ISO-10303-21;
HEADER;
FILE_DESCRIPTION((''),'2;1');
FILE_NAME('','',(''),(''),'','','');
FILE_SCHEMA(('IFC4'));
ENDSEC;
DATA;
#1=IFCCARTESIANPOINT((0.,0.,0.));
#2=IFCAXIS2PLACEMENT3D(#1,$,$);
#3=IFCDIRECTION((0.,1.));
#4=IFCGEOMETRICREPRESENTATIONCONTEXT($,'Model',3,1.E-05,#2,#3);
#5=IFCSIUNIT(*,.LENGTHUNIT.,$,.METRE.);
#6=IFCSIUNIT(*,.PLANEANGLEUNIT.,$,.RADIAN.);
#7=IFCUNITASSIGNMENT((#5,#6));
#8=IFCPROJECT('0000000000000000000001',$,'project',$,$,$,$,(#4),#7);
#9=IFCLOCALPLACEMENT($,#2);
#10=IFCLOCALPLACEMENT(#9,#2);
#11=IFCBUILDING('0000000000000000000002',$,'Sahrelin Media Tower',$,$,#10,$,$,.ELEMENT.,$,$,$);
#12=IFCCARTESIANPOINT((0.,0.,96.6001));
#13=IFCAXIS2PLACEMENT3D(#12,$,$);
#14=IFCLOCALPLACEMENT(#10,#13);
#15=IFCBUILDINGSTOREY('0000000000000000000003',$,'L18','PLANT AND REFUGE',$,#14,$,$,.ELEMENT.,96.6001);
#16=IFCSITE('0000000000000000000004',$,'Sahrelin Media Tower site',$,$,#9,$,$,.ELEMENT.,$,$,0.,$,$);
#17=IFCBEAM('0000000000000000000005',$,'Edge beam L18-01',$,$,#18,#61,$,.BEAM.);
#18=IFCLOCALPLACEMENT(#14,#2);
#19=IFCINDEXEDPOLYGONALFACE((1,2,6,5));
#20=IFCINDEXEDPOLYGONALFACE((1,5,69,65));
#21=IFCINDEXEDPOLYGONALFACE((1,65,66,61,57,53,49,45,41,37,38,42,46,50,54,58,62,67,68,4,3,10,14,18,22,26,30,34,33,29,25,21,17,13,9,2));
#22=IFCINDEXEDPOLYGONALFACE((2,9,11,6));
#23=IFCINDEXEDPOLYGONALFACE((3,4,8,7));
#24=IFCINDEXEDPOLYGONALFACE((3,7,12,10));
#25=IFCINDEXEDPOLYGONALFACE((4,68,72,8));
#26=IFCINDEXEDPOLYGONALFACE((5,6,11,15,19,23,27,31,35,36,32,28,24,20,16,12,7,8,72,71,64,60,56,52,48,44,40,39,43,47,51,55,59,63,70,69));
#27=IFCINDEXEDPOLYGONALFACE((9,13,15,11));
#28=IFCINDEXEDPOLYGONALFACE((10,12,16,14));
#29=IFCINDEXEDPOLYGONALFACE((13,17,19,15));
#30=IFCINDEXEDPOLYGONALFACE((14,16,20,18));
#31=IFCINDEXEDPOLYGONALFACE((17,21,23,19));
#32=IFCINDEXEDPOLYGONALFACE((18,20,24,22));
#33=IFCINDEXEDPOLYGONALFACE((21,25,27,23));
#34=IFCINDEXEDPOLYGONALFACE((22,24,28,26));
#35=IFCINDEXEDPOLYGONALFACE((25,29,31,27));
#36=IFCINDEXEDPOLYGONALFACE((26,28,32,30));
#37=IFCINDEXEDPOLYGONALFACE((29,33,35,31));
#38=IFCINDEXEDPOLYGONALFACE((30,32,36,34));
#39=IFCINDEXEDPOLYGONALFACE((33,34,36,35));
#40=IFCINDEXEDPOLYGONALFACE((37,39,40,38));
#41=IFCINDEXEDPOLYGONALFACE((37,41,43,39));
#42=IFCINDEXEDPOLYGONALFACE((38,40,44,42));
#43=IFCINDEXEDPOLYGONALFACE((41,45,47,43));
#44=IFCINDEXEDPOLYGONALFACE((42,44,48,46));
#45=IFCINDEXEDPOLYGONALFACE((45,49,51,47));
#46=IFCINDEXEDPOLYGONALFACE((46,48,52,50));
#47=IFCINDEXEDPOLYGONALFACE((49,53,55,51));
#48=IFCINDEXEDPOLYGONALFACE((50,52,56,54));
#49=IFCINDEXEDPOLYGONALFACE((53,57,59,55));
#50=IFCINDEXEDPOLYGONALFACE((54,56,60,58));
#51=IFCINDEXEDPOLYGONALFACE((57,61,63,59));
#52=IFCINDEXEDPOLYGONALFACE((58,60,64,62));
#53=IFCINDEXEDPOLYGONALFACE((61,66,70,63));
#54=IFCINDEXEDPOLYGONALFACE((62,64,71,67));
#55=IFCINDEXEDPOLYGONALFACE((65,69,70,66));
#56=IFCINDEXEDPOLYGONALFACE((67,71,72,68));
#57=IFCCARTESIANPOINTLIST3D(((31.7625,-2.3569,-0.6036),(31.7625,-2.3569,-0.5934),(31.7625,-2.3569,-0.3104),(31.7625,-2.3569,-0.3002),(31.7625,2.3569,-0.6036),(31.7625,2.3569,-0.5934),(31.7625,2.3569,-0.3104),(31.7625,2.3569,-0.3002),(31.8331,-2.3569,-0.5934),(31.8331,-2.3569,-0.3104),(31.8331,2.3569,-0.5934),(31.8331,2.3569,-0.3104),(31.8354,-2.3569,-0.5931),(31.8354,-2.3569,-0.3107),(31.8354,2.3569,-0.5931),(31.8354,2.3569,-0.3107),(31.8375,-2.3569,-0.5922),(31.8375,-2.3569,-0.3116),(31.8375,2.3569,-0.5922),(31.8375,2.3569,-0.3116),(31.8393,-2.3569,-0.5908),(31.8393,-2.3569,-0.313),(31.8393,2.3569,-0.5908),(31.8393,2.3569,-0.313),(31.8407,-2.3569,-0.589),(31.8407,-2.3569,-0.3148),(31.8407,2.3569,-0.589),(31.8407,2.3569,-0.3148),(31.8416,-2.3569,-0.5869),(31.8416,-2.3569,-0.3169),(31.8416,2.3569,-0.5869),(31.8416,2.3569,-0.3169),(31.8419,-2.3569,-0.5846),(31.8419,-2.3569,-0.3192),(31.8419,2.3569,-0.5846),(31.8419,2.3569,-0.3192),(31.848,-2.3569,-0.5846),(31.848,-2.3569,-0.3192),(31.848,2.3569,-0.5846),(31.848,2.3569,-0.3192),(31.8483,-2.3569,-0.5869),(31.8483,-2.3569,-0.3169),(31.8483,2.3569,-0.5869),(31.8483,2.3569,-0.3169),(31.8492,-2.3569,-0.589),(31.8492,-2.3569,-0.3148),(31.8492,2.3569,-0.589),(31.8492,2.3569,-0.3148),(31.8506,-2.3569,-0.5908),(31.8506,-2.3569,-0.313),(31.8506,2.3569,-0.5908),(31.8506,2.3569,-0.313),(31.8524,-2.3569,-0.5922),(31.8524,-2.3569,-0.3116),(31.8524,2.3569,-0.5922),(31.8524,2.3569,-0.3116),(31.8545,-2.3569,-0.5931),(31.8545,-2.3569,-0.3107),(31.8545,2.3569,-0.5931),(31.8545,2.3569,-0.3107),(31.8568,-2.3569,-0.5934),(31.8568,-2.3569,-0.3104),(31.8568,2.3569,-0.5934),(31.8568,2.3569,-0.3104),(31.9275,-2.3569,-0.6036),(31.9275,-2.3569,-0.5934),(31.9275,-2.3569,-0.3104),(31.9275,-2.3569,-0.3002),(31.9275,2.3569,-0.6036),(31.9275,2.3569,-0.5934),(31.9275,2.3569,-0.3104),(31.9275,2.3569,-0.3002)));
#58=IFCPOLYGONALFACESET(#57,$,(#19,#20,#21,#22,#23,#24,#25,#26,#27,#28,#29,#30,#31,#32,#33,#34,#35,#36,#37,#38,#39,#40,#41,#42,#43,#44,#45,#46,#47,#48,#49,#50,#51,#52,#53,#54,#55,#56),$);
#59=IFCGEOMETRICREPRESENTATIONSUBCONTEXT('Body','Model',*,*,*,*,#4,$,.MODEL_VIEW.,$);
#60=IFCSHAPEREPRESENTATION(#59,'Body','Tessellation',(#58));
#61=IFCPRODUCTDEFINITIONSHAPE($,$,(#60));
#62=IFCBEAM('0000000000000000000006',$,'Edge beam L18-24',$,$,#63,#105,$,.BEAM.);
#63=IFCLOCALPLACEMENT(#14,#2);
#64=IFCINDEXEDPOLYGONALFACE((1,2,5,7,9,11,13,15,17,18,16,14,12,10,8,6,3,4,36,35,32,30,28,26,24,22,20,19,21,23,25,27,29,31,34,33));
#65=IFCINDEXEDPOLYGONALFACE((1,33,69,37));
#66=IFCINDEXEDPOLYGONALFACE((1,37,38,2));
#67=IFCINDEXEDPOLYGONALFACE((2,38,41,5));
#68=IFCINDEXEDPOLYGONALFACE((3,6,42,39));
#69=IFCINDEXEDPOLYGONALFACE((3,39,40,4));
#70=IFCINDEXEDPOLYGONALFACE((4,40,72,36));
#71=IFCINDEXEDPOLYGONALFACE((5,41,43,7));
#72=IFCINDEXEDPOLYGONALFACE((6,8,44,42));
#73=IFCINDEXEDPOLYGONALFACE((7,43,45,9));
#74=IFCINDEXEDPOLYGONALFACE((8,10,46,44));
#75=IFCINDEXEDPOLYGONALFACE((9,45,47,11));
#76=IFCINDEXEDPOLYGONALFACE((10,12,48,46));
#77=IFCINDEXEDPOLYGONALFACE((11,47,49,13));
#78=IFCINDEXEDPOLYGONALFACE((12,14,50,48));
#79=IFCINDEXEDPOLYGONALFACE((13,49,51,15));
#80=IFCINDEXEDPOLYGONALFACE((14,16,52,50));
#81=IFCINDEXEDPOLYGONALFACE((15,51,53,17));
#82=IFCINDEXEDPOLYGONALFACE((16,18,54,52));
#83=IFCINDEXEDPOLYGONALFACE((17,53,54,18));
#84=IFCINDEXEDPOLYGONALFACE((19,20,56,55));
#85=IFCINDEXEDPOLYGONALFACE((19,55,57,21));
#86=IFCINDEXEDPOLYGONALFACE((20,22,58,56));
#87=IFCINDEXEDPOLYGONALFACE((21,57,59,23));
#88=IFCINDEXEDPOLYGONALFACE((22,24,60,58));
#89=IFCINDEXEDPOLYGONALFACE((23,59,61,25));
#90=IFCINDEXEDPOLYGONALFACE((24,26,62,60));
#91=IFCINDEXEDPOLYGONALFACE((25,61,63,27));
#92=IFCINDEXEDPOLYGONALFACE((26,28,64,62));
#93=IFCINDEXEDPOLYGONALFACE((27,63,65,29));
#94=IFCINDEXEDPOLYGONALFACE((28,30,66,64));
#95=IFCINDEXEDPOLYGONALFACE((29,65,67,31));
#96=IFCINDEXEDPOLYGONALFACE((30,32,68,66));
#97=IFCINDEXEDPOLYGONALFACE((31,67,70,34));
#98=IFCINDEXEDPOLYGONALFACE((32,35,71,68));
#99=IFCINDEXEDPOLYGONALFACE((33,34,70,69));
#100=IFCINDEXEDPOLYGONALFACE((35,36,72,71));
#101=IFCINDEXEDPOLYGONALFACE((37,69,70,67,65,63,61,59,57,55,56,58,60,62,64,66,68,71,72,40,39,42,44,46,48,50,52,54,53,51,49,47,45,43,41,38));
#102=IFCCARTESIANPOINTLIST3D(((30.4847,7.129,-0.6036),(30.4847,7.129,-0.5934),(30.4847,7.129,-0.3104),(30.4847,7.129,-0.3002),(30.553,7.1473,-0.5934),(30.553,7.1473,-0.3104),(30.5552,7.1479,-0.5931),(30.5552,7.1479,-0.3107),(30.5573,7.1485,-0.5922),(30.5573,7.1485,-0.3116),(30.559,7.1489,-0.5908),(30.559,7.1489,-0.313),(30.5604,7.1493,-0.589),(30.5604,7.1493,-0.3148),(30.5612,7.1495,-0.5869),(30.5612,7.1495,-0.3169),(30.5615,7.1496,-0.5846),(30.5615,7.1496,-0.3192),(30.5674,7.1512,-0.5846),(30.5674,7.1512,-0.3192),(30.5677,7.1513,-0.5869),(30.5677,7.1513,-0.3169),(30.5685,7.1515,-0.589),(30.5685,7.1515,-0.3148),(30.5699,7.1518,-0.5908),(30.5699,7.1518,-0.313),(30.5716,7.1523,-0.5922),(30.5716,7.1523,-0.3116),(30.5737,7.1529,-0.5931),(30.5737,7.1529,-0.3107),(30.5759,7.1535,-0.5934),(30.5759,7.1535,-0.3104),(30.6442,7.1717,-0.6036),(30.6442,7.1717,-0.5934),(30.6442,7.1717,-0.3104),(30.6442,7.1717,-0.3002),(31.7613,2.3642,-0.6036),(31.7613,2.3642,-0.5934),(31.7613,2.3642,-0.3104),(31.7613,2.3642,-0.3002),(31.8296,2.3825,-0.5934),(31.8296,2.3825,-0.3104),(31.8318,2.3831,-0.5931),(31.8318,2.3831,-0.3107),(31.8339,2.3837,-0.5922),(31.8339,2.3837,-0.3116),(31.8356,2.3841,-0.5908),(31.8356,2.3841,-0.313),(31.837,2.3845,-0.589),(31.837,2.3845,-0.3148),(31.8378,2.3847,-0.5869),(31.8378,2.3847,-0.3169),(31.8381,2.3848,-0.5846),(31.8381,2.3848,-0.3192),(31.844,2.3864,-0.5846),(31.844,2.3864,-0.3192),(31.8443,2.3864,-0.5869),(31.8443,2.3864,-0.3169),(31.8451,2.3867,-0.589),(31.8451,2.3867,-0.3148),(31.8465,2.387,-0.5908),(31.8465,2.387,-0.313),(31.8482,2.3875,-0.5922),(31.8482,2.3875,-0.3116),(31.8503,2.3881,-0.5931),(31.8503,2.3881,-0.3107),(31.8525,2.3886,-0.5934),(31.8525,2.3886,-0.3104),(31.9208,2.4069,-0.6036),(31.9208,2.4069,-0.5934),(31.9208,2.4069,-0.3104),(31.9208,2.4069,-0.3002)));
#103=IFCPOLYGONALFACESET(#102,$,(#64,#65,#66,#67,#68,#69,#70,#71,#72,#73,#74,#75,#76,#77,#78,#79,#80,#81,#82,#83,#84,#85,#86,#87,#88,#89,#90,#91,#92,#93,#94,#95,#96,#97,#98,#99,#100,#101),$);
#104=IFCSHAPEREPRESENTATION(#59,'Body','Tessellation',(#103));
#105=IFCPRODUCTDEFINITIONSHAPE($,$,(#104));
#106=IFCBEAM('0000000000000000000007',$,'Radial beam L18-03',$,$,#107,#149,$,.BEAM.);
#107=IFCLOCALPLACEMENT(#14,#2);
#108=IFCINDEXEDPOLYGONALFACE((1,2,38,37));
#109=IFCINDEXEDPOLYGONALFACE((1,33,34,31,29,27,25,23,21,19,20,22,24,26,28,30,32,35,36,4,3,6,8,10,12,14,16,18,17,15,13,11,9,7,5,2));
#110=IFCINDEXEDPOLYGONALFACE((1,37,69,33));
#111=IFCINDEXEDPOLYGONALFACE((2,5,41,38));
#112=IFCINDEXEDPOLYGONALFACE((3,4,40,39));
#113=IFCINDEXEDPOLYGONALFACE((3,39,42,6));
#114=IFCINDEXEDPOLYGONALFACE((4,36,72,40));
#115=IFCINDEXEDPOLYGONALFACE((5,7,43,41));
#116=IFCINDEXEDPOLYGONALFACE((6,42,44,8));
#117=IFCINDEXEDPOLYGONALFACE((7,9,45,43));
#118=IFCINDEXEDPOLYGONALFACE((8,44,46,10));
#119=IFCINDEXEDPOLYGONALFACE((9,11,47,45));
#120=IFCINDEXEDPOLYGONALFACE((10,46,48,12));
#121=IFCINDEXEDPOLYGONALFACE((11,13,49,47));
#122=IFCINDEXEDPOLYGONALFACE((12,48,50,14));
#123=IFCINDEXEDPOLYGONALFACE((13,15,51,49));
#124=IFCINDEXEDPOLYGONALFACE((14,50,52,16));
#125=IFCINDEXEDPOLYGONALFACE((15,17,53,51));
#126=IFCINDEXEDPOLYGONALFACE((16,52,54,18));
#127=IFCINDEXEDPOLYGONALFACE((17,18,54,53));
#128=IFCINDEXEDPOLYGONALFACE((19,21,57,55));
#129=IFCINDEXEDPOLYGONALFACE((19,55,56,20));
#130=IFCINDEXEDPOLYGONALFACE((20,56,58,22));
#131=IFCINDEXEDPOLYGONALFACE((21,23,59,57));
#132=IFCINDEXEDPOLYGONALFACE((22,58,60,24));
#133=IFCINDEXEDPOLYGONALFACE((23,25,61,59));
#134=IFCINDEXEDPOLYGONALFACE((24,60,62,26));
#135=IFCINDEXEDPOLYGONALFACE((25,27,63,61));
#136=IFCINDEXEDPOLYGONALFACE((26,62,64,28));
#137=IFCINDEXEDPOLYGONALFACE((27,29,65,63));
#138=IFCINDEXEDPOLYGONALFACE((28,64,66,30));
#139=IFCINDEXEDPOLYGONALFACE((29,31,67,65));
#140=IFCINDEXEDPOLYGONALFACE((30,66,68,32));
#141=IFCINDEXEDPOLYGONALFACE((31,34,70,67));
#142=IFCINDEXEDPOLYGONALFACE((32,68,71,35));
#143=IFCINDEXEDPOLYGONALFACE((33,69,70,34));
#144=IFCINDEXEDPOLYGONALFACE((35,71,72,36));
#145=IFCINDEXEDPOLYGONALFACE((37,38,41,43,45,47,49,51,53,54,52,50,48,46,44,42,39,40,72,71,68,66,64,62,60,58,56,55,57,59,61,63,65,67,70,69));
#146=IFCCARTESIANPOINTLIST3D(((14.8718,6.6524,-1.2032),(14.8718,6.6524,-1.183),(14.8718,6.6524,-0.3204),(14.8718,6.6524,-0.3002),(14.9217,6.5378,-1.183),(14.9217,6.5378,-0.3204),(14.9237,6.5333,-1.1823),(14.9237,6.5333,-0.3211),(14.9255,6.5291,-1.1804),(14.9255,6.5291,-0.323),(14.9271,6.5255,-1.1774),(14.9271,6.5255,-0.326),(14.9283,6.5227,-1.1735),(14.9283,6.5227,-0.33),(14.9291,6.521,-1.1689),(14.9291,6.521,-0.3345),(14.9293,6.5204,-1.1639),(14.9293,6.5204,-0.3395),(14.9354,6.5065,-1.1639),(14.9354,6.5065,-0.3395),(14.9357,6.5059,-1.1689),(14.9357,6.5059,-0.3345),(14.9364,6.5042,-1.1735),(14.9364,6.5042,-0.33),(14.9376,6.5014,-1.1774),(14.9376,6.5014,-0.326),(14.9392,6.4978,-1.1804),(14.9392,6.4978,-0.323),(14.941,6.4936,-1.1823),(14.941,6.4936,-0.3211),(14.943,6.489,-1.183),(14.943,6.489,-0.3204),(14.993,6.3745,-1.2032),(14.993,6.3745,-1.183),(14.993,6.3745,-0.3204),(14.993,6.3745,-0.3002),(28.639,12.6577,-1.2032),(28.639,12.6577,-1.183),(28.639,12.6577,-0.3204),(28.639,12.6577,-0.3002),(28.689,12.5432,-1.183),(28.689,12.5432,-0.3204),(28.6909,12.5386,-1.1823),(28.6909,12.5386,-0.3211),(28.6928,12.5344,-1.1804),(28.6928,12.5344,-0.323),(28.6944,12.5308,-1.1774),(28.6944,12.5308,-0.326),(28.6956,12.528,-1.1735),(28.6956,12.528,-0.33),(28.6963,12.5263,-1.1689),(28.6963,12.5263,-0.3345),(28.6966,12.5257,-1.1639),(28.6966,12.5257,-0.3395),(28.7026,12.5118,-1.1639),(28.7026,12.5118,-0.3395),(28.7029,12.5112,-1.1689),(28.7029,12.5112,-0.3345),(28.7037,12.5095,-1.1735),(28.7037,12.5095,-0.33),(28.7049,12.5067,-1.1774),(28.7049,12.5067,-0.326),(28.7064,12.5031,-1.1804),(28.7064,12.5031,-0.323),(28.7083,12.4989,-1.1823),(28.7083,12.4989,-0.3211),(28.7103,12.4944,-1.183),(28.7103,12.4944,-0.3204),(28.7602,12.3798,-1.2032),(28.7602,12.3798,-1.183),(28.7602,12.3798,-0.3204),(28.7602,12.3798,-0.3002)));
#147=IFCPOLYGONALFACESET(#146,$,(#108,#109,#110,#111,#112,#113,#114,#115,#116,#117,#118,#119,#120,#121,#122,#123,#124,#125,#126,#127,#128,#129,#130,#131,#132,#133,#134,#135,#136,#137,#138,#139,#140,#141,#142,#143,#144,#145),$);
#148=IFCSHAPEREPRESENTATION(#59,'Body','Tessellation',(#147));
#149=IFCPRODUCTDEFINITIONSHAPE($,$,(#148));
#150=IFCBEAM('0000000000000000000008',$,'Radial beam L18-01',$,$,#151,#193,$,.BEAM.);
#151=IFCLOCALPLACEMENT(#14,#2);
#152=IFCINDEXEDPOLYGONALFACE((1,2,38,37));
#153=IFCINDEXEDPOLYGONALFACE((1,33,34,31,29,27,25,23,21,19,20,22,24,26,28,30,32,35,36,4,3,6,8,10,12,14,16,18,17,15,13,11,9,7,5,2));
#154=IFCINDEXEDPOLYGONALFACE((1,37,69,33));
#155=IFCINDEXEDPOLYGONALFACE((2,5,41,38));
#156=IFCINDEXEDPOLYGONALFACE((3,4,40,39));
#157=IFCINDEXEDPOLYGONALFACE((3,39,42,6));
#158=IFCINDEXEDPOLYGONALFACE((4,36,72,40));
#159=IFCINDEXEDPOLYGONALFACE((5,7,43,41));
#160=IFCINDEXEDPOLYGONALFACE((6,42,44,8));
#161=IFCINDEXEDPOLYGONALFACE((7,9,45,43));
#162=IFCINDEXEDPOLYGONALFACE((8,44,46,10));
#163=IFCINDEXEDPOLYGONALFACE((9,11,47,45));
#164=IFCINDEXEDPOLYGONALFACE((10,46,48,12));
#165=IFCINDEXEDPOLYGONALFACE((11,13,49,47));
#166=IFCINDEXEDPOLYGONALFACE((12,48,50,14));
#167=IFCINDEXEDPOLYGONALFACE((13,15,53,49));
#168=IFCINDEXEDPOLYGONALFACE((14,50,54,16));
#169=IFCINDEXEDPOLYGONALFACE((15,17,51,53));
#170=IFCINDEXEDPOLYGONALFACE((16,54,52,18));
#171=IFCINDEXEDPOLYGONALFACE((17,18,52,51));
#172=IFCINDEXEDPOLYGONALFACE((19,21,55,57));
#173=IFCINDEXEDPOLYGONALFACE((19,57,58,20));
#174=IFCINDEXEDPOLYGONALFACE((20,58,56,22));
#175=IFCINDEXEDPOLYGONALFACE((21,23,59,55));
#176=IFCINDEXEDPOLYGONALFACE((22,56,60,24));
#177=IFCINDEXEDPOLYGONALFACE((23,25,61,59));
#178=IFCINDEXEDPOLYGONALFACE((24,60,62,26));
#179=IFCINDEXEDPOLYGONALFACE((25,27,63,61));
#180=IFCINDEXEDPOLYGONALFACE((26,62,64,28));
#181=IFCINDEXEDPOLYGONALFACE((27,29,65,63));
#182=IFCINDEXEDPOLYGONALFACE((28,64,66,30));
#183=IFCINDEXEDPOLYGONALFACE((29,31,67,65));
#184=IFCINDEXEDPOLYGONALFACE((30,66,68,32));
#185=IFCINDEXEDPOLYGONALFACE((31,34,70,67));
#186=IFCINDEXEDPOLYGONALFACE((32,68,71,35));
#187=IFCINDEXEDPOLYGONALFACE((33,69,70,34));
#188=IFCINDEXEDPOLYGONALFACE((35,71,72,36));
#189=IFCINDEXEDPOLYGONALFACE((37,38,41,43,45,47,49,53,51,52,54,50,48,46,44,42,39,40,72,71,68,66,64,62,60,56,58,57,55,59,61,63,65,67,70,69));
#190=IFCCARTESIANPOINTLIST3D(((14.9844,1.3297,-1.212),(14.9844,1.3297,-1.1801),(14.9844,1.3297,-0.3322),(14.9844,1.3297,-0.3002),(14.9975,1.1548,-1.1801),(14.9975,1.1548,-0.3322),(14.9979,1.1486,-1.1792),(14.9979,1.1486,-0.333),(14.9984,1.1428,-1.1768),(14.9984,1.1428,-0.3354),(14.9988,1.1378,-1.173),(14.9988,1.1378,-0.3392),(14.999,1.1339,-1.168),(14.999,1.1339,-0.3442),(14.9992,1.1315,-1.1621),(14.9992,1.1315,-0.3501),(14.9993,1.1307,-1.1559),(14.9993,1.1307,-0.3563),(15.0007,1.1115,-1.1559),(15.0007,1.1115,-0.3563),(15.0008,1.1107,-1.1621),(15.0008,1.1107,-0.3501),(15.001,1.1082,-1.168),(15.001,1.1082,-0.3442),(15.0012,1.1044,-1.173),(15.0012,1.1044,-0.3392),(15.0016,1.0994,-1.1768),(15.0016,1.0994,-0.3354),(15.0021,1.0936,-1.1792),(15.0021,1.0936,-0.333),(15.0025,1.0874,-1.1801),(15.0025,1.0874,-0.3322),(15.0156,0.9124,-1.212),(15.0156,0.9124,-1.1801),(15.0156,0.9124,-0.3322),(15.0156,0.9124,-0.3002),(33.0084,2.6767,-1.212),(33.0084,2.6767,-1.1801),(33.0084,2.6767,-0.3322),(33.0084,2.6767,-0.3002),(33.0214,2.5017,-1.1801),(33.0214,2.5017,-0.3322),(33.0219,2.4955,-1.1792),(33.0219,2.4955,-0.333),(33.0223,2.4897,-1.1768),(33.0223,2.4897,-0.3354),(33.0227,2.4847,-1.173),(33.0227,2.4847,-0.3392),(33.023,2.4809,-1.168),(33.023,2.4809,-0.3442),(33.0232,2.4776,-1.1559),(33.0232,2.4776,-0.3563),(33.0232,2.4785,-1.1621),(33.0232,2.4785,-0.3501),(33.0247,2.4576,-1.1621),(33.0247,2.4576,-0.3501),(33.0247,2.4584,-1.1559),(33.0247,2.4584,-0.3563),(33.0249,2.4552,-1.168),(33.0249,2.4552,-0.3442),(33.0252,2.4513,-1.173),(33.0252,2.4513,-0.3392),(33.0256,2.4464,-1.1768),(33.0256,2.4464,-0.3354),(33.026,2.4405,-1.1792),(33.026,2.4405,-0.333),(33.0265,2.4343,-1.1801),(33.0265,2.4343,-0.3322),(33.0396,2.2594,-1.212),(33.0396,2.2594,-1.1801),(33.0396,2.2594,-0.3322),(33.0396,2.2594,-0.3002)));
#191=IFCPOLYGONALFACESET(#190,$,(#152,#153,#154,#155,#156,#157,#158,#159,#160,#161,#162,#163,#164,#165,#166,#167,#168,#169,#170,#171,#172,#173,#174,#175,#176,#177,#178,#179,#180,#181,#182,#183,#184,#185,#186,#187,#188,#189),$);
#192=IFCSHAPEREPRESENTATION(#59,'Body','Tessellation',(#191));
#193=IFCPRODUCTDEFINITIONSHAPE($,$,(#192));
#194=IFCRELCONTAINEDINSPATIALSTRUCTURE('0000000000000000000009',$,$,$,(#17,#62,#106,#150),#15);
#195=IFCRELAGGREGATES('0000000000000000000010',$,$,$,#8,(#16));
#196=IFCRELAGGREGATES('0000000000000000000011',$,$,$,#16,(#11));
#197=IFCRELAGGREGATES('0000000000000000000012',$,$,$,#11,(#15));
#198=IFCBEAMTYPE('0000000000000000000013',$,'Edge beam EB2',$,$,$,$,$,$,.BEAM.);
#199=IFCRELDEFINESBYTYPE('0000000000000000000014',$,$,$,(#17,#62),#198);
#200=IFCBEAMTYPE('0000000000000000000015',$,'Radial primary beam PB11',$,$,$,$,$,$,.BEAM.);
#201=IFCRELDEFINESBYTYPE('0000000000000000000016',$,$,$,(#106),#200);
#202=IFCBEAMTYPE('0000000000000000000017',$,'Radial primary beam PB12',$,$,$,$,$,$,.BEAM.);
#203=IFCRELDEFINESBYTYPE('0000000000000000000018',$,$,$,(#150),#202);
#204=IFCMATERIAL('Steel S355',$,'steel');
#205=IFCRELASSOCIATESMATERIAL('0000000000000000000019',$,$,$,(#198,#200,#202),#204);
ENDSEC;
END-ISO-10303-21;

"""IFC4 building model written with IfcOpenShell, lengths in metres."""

from ifc_helpers import new_model, si_unit, direction, frame, origin, origin_2d, place, context, subcontext, project, spatial, i_section, extrude, material, material_profile, profile_set, type_object, element, save


model = new_model("IFC4")

# Units and contexts
model_context = context("Model", 3, precision=1e-05, world=origin(), true_north=direction((0.0, 1.0)))
body_context = subcontext(model_context, "Body", "Model", "MODEL_VIEW")
ifc_project = project(units=[si_unit("LENGTHUNIT", "METRE"), si_unit("PLANEANGLEUNIT", "RADIAN")], contexts=[model_context])

# Site, building, storey
site_placement = place(None, origin())
site = spatial("IfcSite", under=ifc_project, at=site_placement, Name="Sahrelin Media Tower site", CompositionType="ELEMENT", RefElevation=0.0)
building_placement = place(site_placement, origin())
building = spatial("IfcBuilding", under=site, at=building_placement, Name="Sahrelin Media Tower", CompositionType="ELEMENT")
storey_placement = place(building_placement, frame((0.0, 0.0, 96.6001)))
storey = spatial("IfcBuildingStorey", under=building, at=storey_placement, Name="L18", Description="PLANT AND REFUGE", CompositionType="ELEMENT", Elevation=96.6001)

# Beams
ifc_material_1 = material(Name="Steel S355", Category="steel")
ifc_material_profile_1 = material_profile(ifc_material_1, i_section(OverallWidth=0.165, OverallDepth=0.3035, WebThickness=0.0061, FlangeThickness=0.0103, FilletRadius=0.0088, at=origin_2d()), Name="UB 305x165x40")
ifc_profile_set_1 = profile_set([ifc_material_profile_1], Name="Steel S355")
beam_type_1 = type_object("IfcBeamType", Name="Edge beam EB2", PredefinedType="BEAM", material=ifc_profile_set_1)
beam_1_placement = place(storey_placement, frame((31.845, 2.3569, -0.4519), z_axis=(0.0, -1.0, 0.0), x_axis=(1.0, 0.0, 0.0)))
element("IfcBeam", 1, at=beam_1_placement, inside=storey, type_object=beam_type_1, Name="Edge beam L18-01", PredefinedType="BEAM", context=body_context, shape_type="SweptSolid", body=[
    extrude(i_section(OverallWidth=0.165, OverallDepth=0.3035, WebThickness=0.0061, FlangeThickness=0.0103, FilletRadius=0.0088, at=origin_2d()), origin(), (0.0, 0.0, 1.0), 4.7139),
])
beam_2_placement = place(storey_placement, frame((30.5645, 7.1504, -0.4519), z_axis=(0.258793, -0.965933, 0.0), x_axis=(0.965933, 0.258793, 0.0)))
element("IfcBeam", 2, at=beam_2_placement, inside=storey, type_object=beam_type_1, Name="Edge beam L18-24", PredefinedType="BEAM", context=body_context, shape_type="SweptSolid", body=[
    extrude(i_section(OverallWidth=0.165, OverallDepth=0.3035, WebThickness=0.0061, FlangeThickness=0.0103, FilletRadius=0.0088, at=origin_2d()), origin(), (0.0, 0.0, 1.0), 4.9329),
])
ifc_material_profile_2 = material_profile(ifc_material_1, i_section(OverallWidth=0.3032, OverallDepth=0.9031, WebThickness=0.0151, FlangeThickness=0.0203, FilletRadius=0.019, at=origin_2d()), Name="UB 914x305x201")
ifc_profile_set_2 = profile_set([ifc_material_profile_2], Name="Steel S355")
beam_type_2 = type_object("IfcBeamType", Name="Radial primary beam PB11", PredefinedType="BEAM", material=ifc_profile_set_2)
beam_3_placement = place(storey_placement, frame((14.9324, 6.5134, -0.7517), z_axis=(0.916593, 0.399822, 0.0), x_axis=(-0.399822, 0.916593, 0.0)))
element("IfcBeam", 3, at=beam_3_placement, inside=storey, type_object=beam_type_2, Name="Radial beam L18-03", PredefinedType="BEAM", context=body_context, shape_type="SweptSolid", body=[
    extrude(i_section(OverallWidth=0.3032, OverallDepth=0.9031, WebThickness=0.0151, FlangeThickness=0.0203, FilletRadius=0.019, at=origin_2d()), origin(), (0.0, 0.0, 1.0), 15.02),
])
ifc_material_profile_3 = material_profile(ifc_material_1, i_section(OverallWidth=0.4185, OverallDepth=0.9119, WebThickness=0.0193, FlangeThickness=0.032, FilletRadius=0.0242, at=origin_2d()), Name="UB 914x419x343")
ifc_profile_set_3 = profile_set([ifc_material_profile_3], Name="Steel S355")
beam_type_3 = type_object("IfcBeamType", Name="Radial primary beam PB12", PredefinedType="BEAM", material=ifc_profile_set_3)
beam_4_placement = place(storey_placement, frame((15.0, 1.1211, -0.7561), z_axis=(0.997219, 0.074522, 0.0), x_axis=(-0.074522, 0.997219, 0.0)))
element("IfcBeam", 4, at=beam_4_placement, inside=storey, type_object=beam_type_3, Name="Radial beam L18-01", PredefinedType="BEAM", context=body_context, shape_type="SweptSolid", body=[
    extrude(i_section(OverallWidth=0.4185, OverallDepth=0.9119, WebThickness=0.0193, FlangeThickness=0.032, FilletRadius=0.0242, at=origin_2d()), origin(), (0.0, 0.0, 1.0), 18.0742),
])

save(model, "model.ifc")
